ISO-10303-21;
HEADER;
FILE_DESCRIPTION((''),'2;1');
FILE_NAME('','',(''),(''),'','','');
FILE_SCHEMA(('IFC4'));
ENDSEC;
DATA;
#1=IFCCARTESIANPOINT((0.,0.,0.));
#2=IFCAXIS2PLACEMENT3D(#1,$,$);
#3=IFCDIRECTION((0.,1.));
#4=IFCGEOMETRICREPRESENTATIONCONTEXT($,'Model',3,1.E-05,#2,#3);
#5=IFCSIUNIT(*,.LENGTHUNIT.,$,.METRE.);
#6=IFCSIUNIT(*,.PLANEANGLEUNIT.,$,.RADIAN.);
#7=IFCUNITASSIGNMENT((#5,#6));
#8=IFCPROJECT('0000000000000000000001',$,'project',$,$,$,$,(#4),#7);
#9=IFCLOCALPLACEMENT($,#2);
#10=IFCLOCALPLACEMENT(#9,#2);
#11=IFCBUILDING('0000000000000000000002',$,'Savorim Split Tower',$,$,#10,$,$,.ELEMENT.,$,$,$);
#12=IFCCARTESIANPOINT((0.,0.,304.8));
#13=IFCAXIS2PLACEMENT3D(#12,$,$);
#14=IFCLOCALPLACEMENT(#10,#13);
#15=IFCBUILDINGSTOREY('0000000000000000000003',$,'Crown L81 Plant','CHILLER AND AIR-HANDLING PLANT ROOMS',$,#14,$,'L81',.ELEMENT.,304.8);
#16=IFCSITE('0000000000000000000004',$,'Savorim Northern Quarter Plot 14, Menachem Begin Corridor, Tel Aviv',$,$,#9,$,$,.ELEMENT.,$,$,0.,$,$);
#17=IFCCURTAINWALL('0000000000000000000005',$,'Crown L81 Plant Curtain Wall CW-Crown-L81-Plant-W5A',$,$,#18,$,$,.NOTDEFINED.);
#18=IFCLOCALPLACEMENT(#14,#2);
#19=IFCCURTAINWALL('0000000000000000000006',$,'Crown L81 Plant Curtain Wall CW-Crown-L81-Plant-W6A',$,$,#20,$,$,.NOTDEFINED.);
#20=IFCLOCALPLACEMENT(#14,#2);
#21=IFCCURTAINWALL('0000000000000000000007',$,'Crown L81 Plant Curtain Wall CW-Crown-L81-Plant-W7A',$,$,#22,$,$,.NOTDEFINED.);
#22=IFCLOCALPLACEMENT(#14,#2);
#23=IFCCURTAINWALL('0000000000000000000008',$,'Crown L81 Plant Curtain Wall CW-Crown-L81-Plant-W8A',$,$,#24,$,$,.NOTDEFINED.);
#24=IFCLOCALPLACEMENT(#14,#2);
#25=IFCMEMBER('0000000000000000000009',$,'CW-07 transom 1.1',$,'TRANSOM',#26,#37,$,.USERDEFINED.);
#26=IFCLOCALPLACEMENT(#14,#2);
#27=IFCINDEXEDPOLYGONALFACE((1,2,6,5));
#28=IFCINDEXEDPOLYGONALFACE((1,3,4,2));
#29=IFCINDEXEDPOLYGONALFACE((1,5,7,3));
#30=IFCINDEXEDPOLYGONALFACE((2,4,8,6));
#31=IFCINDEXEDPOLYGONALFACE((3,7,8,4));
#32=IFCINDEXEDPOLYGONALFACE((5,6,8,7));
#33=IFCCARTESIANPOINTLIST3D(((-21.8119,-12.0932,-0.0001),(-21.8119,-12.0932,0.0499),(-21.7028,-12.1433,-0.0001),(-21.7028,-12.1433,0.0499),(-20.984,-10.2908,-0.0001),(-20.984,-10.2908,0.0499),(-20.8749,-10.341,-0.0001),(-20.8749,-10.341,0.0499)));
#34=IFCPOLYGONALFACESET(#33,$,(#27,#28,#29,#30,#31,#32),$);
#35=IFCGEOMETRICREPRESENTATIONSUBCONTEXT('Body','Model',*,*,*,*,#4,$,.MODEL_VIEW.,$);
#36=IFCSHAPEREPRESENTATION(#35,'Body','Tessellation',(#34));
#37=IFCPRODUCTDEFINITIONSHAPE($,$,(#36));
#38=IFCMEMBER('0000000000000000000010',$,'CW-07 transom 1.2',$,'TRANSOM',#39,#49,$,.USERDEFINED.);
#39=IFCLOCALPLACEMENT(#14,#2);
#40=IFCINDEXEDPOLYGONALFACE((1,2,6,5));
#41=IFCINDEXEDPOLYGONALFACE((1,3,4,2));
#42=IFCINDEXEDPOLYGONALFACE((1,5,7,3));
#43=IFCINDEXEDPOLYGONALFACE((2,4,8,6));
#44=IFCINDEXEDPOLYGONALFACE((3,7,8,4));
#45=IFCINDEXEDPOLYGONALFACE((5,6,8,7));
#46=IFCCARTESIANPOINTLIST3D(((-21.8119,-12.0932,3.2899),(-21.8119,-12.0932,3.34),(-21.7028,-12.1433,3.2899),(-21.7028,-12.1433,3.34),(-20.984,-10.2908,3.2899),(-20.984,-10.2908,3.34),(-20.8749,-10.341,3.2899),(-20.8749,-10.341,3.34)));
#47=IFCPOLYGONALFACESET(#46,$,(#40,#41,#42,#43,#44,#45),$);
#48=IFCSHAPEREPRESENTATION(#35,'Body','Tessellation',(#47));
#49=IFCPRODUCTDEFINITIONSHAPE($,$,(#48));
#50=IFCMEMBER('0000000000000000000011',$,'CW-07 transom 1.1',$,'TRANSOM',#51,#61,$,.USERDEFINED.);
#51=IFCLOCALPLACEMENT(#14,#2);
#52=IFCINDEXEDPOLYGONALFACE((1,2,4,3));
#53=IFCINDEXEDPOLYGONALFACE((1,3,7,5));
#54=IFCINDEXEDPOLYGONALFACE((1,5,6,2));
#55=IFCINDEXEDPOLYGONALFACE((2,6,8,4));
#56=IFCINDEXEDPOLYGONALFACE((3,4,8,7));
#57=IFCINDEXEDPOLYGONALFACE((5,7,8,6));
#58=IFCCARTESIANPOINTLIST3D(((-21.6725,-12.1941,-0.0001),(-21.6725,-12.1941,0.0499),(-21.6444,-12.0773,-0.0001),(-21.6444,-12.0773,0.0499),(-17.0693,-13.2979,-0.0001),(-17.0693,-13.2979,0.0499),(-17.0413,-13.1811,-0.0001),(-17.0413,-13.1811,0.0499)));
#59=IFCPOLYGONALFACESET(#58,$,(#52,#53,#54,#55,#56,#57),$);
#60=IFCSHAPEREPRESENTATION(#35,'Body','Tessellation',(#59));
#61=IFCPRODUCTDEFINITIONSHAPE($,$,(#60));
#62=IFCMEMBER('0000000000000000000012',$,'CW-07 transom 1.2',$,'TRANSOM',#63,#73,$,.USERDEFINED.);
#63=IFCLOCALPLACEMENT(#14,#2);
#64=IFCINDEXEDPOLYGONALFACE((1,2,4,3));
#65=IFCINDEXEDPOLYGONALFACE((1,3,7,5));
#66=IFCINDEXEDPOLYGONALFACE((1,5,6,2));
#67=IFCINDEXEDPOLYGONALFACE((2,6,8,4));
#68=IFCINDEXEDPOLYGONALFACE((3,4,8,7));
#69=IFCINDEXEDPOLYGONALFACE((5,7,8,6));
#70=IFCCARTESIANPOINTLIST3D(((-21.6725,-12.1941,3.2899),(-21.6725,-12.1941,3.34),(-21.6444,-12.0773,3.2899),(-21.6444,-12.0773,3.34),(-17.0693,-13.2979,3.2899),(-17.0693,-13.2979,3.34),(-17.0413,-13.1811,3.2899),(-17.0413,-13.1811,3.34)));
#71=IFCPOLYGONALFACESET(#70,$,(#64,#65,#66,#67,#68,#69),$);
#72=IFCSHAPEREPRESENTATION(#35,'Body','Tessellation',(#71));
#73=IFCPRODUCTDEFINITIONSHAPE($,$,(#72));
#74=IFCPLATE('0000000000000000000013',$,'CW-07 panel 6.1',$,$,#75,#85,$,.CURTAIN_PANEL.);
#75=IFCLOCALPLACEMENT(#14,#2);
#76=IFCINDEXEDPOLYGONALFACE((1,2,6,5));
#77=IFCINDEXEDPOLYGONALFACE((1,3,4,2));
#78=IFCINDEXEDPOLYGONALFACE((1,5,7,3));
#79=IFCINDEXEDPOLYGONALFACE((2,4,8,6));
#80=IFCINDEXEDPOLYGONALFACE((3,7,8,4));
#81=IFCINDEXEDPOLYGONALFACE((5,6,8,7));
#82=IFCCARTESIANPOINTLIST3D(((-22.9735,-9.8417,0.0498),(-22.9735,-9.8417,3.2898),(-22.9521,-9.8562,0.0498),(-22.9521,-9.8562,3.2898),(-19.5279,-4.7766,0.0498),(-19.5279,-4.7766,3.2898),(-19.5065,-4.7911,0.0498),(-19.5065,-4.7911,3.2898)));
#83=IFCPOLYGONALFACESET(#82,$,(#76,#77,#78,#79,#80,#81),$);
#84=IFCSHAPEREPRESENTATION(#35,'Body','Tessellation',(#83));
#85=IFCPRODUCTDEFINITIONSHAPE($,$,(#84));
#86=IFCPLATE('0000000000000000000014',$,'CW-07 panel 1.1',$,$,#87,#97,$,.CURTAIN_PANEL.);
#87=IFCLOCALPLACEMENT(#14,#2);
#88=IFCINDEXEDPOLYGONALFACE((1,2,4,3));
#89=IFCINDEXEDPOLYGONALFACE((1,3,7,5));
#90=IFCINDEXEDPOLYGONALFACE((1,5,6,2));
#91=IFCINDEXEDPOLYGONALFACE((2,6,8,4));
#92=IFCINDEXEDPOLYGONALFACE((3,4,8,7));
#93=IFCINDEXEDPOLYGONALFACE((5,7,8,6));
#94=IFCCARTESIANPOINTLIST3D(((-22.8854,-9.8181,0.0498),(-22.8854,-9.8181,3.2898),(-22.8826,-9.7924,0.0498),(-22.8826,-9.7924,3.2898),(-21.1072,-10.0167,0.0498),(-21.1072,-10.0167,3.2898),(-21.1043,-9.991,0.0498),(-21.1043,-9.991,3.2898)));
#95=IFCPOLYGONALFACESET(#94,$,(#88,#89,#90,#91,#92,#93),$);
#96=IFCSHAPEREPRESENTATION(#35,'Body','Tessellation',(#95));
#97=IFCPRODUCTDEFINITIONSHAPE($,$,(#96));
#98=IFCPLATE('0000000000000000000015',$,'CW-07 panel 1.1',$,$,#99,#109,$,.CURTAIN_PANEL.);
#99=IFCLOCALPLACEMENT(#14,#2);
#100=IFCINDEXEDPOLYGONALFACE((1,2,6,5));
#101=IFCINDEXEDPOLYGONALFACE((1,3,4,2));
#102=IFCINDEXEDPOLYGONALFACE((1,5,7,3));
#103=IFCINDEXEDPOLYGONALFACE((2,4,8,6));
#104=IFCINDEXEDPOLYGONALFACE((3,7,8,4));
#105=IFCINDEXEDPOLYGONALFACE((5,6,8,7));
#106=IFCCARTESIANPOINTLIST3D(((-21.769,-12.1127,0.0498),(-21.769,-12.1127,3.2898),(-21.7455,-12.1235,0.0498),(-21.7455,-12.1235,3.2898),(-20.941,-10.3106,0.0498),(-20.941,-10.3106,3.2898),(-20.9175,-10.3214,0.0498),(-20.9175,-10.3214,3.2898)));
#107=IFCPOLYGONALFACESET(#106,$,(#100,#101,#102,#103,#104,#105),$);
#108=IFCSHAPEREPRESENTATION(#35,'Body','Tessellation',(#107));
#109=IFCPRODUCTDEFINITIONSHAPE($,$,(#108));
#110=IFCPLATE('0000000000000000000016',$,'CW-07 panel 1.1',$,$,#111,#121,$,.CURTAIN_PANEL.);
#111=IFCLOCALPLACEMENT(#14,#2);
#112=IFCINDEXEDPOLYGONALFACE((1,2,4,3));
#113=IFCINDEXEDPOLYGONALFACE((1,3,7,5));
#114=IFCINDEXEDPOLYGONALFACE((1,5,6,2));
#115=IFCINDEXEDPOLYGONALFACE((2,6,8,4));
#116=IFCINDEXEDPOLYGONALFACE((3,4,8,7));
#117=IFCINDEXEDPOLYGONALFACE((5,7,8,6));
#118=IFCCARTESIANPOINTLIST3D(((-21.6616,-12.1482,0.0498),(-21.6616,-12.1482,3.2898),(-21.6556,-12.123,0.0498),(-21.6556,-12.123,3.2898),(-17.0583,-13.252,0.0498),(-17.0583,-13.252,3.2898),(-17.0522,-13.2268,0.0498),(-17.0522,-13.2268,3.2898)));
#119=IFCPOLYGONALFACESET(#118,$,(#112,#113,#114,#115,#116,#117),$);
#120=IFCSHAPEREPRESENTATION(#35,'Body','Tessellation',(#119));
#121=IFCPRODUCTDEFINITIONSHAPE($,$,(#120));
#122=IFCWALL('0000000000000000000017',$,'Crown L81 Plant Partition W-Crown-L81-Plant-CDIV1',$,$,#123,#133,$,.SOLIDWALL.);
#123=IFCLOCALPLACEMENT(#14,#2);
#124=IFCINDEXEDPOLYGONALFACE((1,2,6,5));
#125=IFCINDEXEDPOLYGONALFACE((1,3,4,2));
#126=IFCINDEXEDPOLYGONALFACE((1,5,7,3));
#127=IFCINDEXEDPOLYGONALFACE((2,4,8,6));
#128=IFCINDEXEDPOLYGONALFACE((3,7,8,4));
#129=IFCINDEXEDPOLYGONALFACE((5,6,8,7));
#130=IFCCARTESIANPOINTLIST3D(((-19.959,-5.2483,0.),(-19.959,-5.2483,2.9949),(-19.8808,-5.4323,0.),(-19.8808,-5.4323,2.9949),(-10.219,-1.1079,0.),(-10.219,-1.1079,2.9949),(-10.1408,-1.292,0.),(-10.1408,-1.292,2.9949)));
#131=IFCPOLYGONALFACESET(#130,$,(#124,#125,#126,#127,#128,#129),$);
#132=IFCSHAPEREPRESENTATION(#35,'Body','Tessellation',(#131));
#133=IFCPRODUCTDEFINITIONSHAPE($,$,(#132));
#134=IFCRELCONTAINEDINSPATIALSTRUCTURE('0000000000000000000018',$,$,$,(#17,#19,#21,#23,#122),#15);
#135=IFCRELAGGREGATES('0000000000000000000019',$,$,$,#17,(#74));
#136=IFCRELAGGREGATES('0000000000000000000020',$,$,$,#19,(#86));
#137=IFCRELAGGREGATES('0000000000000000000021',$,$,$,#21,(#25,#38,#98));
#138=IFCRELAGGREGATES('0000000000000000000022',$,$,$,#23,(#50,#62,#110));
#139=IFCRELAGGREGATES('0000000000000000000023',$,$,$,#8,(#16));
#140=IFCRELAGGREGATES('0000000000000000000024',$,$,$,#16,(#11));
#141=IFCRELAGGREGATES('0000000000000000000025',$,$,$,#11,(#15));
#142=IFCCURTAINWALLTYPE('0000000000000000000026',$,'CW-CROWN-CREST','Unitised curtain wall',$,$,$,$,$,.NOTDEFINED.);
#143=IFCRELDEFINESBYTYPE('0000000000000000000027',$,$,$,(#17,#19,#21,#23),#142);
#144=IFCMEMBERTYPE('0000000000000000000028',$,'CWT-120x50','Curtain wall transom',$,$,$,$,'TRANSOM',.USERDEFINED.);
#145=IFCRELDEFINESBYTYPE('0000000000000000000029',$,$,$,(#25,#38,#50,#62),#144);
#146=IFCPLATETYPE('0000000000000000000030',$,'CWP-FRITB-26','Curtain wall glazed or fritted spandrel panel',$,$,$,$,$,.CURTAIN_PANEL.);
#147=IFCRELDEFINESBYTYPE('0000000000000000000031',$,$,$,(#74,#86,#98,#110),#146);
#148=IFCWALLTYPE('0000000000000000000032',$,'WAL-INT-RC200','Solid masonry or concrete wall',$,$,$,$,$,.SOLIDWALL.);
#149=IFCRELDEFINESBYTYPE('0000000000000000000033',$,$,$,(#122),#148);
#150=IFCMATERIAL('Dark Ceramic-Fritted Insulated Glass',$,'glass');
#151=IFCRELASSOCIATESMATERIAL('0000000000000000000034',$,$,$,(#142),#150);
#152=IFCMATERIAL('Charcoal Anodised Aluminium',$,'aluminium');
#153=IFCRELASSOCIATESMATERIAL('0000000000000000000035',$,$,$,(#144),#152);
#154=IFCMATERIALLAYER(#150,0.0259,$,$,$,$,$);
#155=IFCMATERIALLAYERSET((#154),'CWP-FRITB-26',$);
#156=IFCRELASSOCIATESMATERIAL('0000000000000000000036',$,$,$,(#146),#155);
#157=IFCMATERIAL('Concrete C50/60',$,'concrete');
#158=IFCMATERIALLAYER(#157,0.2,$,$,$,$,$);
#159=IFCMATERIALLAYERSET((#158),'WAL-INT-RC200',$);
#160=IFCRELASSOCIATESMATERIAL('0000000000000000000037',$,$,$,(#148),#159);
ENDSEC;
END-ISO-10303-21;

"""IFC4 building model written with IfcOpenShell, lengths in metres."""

from ifc_helpers import new_model, si_unit, direction, frame, frame_2d, origin, origin_2d, place, context, subcontext, project, spatial, rectangle, extrude, material, layer, layer_set, material_profile, profile_set, type_object, element, aggregate, save


model = new_model("IFC4")

# Units and contexts
model_context = context("Model", 3, precision=1e-05, world=origin(), true_north=direction((0.0, 1.0)))
body_context = subcontext(model_context, "Body", "Model", "MODEL_VIEW")
ifc_project = project(units=[si_unit("LENGTHUNIT", "METRE"), si_unit("PLANEANGLEUNIT", "RADIAN")], contexts=[model_context])

# Site, building, storey
site_placement = place(None, origin())
site = spatial("IfcSite", under=ifc_project, at=site_placement, Name="Savorim Northern Quarter Plot 14, Menachem Begin Corridor, Tel Aviv", CompositionType="ELEMENT", RefElevation=0.0)
building_placement = place(site_placement, origin())
building = spatial("IfcBuilding", under=site, at=building_placement, Name="Savorim Split Tower", CompositionType="ELEMENT")
storey_placement = place(building_placement, frame((0.0, 0.0, 304.8)))
storey = spatial("IfcBuildingStorey", under=building, at=storey_placement, Name="Crown L81 Plant", Description="CHILLER AND AIR-HANDLING PLANT ROOMS", LongName="L81", CompositionType="ELEMENT", Elevation=304.8)

# Curtain walls
ifc_material_1 = material(Name="Dark Ceramic-Fritted Insulated Glass", Category="glass")
curtain_wall_type = type_object("IfcCurtainWallType", Name="CW-CROWN-CREST", Description="Unitised curtain wall", PredefinedType="NOTDEFINED", material=ifc_material_1)
curtain_wall_1_placement = place(storey_placement, origin())
curtain_wall_1 = element("IfcCurtainWall", 1, at=curtain_wall_1_placement, inside=storey, type_object=curtain_wall_type, Name="Crown L81 Plant Curtain Wall CW-Crown-L81-Plant-W5A", PredefinedType="NOTDEFINED")
ifc_material_2 = material(Name="Charcoal Anodised Aluminium", Category="aluminium")
curtain_wall_2_placement = place(storey_placement, origin())
curtain_wall_2 = element("IfcCurtainWall", 2, at=curtain_wall_2_placement, inside=storey, type_object=curtain_wall_type, Name="Crown L81 Plant Curtain Wall CW-Crown-L81-Plant-W6A", PredefinedType="NOTDEFINED")
curtain_wall_3_placement = place(storey_placement, origin())
curtain_wall_3 = element("IfcCurtainWall", 3, at=curtain_wall_3_placement, inside=storey, type_object=curtain_wall_type, Name="Crown L81 Plant Curtain Wall CW-Crown-L81-Plant-W7A", PredefinedType="NOTDEFINED")

# Curtain wall
curtain_wall_4_placement = place(storey_placement, origin())
curtain_wall_4 = element("IfcCurtainWall", 4, at=curtain_wall_4_placement, inside=storey, type_object=curtain_wall_type, Name="Crown L81 Plant Curtain Wall CW-Crown-L81-Plant-W8A", PredefinedType="NOTDEFINED")

# Members
ifc_material_profile_1 = material_profile(ifc_material_2, rectangle(XDim=0.1201, YDim=0.05, at=origin_2d()), Name="ALU-T 120x50")
ifc_profile_set_1 = profile_set([ifc_material_profile_1], Name="Charcoal Anodised Aluminium")
member_type_1 = type_object("IfcMemberType", Name="CWT-120x50", Description="Curtain wall transom", ElementType="TRANSOM", PredefinedType="USERDEFINED", material=ifc_profile_set_1)
member_1_placement = place(storey_placement, frame((-20.9294, -10.3159, 0.0249), z_axis=(-0.417426, -0.908711, 0.0), x_axis=(0.908711, -0.417426, 0.0)))
member_1 = element("IfcMember", 5, at=member_1_placement, type_object=member_type_1, Name="CW-07 transom 1.1", ObjectType="TRANSOM", PredefinedType="USERDEFINED", context=body_context, shape_type="SweptSolid", body=[
    extrude(rectangle(XDim=0.1201, YDim=0.05, at=origin_2d()), origin(), (0.0, 0.0, 1.0), 1.9834),
])
member_2_placement = place(storey_placement, frame((-20.9294, -10.3159, 3.3149), z_axis=(-0.417426, -0.908711, 0.0), x_axis=(0.908711, -0.417426, 0.0)))
member_2 = element("IfcMember", 6, at=member_2_placement, type_object=member_type_1, Name="CW-07 transom 1.2", ObjectType="TRANSOM", PredefinedType="USERDEFINED", context=body_context, shape_type="SweptSolid", body=[
    extrude(rectangle(XDim=0.1201, YDim=0.05, at=origin_2d()), origin(), (0.0, 0.0, 1.0), 1.9834),
])
member_3_placement = place(storey_placement, frame((-21.6584, -12.1357, 0.0249), z_axis=(0.972436, -0.233168, 0.0), x_axis=(0.233168, 0.972436, 0.0)))
member_3 = element("IfcMember", 7, at=member_3_placement, type_object=member_type_1, Name="CW-07 transom 1.1", ObjectType="TRANSOM", PredefinedType="USERDEFINED", context=body_context, shape_type="SweptSolid", body=[
    extrude(rectangle(XDim=0.1201, YDim=0.05, at=origin_2d()), origin(), (0.0, 0.0, 1.0), 4.7336),
])
member_4_placement = place(storey_placement, frame((-21.6584, -12.1357, 3.3149), z_axis=(0.972436, -0.233168, 0.0), x_axis=(0.233168, 0.972436, 0.0)))
member_4 = element("IfcMember", 8, at=member_4_placement, type_object=member_type_1, Name="CW-07 transom 1.2", ObjectType="TRANSOM", PredefinedType="USERDEFINED", context=body_context, shape_type="SweptSolid", body=[
    extrude(rectangle(XDim=0.1201, YDim=0.05, at=origin_2d()), origin(), (0.0, 0.0, 1.0), 4.7336),
])

# Plates
ifc_layer_1 = layer(ifc_material_1, 0.0259)
ifc_layer_set_1 = layer_set([ifc_layer_1], Name="CWP-FRITB-26")
plate_type = type_object("IfcPlateType", Name="CWP-FRITB-26", Description="Curtain wall glazed or fritted spandrel panel", PredefinedType="CURTAIN_PANEL", material=ifc_layer_set_1)
plate_1_placement = place(storey_placement, frame((-21.24, -7.3164, 0.0498), z_axis=(0.0, 0.0, 1.0), x_axis=(-0.562467, -0.82682, 0.0)))
plate_1 = element("IfcPlate", 9, at=plate_1_placement, type_object=plate_type, Name="CW-07 panel 6.1", PredefinedType="CURTAIN_PANEL", context=body_context, shape_type="SweptSolid", body=[
    extrude(rectangle(XDim=6.126, YDim=0.0259, at=origin_2d()), origin(), (0.0, 0.0, 1.0), 3.24),
])
aggregate(curtain_wall_1, [plate_1])
plate_2_placement = place(storey_placement, frame((-21.9949, -9.9045, 0.0498), z_axis=(0.0, 0.0, 1.0), x_axis=(0.993822, -0.110983, 0.0)))
plate_2 = element("IfcPlate", 10, at=plate_2_placement, type_object=plate_type, Name="CW-07 panel 1.1", PredefinedType="CURTAIN_PANEL", context=body_context, shape_type="SweptSolid", body=[
    extrude(rectangle(XDim=1.7893, YDim=0.0259, at=origin_2d()), origin(), (0.0, 0.0, 1.0), 3.24),
])
aggregate(curtain_wall_2, [plate_2])
plate_3_placement = place(storey_placement, frame((-21.3433, -11.217, 0.0498), z_axis=(0.0, 0.0, 1.0), x_axis=(-0.417493, -0.90868, 0.0)))
plate_3 = element("IfcPlate", 11, at=plate_3_placement, type_object=plate_type, Name="CW-07 panel 1.1", PredefinedType="CURTAIN_PANEL", context=body_context, shape_type="SweptSolid", body=[
    extrude(rectangle(XDim=1.9832, YDim=0.0259, at=origin_2d()), origin(), (0.0, 0.0, 1.0), 3.24),
])
aggregate(curtain_wall_3, [member_1, member_2, plate_3])
plate_4_placement = place(storey_placement, frame((-19.3569, -12.6875, 0.0498), z_axis=(0.0, 0.0, 1.0), x_axis=(0.972435, -0.233173, 0.0)))
plate_4 = element("IfcPlate", 12, at=plate_4_placement, type_object=plate_type, Name="CW-07 panel 1.1", PredefinedType="CURTAIN_PANEL", context=body_context, shape_type="SweptSolid", body=[
    extrude(rectangle(XDim=4.7339, YDim=0.0259, at=origin_2d()), origin(), (0.0, 0.0, 1.0), 3.24),
])
aggregate(curtain_wall_4, [member_3, member_4, plate_4])

# Wall
ifc_material_3 = material(Name="Concrete C50/60", Category="concrete")
ifc_layer_2 = layer(ifc_material_3, 0.2)
ifc_layer_set_2 = layer_set([ifc_layer_2], Name="WAL-INT-RC200")
wall_type = type_object("IfcWallType", Name="WAL-INT-RC200", Description="Solid masonry or concrete wall", PredefinedType="SOLIDWALL", material=ifc_layer_set_2)
wall_placement = place(storey_placement, frame((-19.9199, -5.3403, 0.0), z_axis=(0.0, 0.0, 1.0), x_axis=(0.920301, 0.391211, 0.0)))
element("IfcWall", 13, at=wall_placement, inside=storey, type_object=wall_type, Name="Crown L81 Plant Partition W-Crown-L81-Plant-CDIV1", PredefinedType="SOLIDWALL", context=body_context, shape_type="SweptSolid", body=[
    extrude(rectangle(XDim=10.5835, YDim=0.2, at=frame_2d((5.2917, 0.0))), origin(), (0.0, 0.0, 1.0), 2.9949),
])

save(model, "model.ifc")
